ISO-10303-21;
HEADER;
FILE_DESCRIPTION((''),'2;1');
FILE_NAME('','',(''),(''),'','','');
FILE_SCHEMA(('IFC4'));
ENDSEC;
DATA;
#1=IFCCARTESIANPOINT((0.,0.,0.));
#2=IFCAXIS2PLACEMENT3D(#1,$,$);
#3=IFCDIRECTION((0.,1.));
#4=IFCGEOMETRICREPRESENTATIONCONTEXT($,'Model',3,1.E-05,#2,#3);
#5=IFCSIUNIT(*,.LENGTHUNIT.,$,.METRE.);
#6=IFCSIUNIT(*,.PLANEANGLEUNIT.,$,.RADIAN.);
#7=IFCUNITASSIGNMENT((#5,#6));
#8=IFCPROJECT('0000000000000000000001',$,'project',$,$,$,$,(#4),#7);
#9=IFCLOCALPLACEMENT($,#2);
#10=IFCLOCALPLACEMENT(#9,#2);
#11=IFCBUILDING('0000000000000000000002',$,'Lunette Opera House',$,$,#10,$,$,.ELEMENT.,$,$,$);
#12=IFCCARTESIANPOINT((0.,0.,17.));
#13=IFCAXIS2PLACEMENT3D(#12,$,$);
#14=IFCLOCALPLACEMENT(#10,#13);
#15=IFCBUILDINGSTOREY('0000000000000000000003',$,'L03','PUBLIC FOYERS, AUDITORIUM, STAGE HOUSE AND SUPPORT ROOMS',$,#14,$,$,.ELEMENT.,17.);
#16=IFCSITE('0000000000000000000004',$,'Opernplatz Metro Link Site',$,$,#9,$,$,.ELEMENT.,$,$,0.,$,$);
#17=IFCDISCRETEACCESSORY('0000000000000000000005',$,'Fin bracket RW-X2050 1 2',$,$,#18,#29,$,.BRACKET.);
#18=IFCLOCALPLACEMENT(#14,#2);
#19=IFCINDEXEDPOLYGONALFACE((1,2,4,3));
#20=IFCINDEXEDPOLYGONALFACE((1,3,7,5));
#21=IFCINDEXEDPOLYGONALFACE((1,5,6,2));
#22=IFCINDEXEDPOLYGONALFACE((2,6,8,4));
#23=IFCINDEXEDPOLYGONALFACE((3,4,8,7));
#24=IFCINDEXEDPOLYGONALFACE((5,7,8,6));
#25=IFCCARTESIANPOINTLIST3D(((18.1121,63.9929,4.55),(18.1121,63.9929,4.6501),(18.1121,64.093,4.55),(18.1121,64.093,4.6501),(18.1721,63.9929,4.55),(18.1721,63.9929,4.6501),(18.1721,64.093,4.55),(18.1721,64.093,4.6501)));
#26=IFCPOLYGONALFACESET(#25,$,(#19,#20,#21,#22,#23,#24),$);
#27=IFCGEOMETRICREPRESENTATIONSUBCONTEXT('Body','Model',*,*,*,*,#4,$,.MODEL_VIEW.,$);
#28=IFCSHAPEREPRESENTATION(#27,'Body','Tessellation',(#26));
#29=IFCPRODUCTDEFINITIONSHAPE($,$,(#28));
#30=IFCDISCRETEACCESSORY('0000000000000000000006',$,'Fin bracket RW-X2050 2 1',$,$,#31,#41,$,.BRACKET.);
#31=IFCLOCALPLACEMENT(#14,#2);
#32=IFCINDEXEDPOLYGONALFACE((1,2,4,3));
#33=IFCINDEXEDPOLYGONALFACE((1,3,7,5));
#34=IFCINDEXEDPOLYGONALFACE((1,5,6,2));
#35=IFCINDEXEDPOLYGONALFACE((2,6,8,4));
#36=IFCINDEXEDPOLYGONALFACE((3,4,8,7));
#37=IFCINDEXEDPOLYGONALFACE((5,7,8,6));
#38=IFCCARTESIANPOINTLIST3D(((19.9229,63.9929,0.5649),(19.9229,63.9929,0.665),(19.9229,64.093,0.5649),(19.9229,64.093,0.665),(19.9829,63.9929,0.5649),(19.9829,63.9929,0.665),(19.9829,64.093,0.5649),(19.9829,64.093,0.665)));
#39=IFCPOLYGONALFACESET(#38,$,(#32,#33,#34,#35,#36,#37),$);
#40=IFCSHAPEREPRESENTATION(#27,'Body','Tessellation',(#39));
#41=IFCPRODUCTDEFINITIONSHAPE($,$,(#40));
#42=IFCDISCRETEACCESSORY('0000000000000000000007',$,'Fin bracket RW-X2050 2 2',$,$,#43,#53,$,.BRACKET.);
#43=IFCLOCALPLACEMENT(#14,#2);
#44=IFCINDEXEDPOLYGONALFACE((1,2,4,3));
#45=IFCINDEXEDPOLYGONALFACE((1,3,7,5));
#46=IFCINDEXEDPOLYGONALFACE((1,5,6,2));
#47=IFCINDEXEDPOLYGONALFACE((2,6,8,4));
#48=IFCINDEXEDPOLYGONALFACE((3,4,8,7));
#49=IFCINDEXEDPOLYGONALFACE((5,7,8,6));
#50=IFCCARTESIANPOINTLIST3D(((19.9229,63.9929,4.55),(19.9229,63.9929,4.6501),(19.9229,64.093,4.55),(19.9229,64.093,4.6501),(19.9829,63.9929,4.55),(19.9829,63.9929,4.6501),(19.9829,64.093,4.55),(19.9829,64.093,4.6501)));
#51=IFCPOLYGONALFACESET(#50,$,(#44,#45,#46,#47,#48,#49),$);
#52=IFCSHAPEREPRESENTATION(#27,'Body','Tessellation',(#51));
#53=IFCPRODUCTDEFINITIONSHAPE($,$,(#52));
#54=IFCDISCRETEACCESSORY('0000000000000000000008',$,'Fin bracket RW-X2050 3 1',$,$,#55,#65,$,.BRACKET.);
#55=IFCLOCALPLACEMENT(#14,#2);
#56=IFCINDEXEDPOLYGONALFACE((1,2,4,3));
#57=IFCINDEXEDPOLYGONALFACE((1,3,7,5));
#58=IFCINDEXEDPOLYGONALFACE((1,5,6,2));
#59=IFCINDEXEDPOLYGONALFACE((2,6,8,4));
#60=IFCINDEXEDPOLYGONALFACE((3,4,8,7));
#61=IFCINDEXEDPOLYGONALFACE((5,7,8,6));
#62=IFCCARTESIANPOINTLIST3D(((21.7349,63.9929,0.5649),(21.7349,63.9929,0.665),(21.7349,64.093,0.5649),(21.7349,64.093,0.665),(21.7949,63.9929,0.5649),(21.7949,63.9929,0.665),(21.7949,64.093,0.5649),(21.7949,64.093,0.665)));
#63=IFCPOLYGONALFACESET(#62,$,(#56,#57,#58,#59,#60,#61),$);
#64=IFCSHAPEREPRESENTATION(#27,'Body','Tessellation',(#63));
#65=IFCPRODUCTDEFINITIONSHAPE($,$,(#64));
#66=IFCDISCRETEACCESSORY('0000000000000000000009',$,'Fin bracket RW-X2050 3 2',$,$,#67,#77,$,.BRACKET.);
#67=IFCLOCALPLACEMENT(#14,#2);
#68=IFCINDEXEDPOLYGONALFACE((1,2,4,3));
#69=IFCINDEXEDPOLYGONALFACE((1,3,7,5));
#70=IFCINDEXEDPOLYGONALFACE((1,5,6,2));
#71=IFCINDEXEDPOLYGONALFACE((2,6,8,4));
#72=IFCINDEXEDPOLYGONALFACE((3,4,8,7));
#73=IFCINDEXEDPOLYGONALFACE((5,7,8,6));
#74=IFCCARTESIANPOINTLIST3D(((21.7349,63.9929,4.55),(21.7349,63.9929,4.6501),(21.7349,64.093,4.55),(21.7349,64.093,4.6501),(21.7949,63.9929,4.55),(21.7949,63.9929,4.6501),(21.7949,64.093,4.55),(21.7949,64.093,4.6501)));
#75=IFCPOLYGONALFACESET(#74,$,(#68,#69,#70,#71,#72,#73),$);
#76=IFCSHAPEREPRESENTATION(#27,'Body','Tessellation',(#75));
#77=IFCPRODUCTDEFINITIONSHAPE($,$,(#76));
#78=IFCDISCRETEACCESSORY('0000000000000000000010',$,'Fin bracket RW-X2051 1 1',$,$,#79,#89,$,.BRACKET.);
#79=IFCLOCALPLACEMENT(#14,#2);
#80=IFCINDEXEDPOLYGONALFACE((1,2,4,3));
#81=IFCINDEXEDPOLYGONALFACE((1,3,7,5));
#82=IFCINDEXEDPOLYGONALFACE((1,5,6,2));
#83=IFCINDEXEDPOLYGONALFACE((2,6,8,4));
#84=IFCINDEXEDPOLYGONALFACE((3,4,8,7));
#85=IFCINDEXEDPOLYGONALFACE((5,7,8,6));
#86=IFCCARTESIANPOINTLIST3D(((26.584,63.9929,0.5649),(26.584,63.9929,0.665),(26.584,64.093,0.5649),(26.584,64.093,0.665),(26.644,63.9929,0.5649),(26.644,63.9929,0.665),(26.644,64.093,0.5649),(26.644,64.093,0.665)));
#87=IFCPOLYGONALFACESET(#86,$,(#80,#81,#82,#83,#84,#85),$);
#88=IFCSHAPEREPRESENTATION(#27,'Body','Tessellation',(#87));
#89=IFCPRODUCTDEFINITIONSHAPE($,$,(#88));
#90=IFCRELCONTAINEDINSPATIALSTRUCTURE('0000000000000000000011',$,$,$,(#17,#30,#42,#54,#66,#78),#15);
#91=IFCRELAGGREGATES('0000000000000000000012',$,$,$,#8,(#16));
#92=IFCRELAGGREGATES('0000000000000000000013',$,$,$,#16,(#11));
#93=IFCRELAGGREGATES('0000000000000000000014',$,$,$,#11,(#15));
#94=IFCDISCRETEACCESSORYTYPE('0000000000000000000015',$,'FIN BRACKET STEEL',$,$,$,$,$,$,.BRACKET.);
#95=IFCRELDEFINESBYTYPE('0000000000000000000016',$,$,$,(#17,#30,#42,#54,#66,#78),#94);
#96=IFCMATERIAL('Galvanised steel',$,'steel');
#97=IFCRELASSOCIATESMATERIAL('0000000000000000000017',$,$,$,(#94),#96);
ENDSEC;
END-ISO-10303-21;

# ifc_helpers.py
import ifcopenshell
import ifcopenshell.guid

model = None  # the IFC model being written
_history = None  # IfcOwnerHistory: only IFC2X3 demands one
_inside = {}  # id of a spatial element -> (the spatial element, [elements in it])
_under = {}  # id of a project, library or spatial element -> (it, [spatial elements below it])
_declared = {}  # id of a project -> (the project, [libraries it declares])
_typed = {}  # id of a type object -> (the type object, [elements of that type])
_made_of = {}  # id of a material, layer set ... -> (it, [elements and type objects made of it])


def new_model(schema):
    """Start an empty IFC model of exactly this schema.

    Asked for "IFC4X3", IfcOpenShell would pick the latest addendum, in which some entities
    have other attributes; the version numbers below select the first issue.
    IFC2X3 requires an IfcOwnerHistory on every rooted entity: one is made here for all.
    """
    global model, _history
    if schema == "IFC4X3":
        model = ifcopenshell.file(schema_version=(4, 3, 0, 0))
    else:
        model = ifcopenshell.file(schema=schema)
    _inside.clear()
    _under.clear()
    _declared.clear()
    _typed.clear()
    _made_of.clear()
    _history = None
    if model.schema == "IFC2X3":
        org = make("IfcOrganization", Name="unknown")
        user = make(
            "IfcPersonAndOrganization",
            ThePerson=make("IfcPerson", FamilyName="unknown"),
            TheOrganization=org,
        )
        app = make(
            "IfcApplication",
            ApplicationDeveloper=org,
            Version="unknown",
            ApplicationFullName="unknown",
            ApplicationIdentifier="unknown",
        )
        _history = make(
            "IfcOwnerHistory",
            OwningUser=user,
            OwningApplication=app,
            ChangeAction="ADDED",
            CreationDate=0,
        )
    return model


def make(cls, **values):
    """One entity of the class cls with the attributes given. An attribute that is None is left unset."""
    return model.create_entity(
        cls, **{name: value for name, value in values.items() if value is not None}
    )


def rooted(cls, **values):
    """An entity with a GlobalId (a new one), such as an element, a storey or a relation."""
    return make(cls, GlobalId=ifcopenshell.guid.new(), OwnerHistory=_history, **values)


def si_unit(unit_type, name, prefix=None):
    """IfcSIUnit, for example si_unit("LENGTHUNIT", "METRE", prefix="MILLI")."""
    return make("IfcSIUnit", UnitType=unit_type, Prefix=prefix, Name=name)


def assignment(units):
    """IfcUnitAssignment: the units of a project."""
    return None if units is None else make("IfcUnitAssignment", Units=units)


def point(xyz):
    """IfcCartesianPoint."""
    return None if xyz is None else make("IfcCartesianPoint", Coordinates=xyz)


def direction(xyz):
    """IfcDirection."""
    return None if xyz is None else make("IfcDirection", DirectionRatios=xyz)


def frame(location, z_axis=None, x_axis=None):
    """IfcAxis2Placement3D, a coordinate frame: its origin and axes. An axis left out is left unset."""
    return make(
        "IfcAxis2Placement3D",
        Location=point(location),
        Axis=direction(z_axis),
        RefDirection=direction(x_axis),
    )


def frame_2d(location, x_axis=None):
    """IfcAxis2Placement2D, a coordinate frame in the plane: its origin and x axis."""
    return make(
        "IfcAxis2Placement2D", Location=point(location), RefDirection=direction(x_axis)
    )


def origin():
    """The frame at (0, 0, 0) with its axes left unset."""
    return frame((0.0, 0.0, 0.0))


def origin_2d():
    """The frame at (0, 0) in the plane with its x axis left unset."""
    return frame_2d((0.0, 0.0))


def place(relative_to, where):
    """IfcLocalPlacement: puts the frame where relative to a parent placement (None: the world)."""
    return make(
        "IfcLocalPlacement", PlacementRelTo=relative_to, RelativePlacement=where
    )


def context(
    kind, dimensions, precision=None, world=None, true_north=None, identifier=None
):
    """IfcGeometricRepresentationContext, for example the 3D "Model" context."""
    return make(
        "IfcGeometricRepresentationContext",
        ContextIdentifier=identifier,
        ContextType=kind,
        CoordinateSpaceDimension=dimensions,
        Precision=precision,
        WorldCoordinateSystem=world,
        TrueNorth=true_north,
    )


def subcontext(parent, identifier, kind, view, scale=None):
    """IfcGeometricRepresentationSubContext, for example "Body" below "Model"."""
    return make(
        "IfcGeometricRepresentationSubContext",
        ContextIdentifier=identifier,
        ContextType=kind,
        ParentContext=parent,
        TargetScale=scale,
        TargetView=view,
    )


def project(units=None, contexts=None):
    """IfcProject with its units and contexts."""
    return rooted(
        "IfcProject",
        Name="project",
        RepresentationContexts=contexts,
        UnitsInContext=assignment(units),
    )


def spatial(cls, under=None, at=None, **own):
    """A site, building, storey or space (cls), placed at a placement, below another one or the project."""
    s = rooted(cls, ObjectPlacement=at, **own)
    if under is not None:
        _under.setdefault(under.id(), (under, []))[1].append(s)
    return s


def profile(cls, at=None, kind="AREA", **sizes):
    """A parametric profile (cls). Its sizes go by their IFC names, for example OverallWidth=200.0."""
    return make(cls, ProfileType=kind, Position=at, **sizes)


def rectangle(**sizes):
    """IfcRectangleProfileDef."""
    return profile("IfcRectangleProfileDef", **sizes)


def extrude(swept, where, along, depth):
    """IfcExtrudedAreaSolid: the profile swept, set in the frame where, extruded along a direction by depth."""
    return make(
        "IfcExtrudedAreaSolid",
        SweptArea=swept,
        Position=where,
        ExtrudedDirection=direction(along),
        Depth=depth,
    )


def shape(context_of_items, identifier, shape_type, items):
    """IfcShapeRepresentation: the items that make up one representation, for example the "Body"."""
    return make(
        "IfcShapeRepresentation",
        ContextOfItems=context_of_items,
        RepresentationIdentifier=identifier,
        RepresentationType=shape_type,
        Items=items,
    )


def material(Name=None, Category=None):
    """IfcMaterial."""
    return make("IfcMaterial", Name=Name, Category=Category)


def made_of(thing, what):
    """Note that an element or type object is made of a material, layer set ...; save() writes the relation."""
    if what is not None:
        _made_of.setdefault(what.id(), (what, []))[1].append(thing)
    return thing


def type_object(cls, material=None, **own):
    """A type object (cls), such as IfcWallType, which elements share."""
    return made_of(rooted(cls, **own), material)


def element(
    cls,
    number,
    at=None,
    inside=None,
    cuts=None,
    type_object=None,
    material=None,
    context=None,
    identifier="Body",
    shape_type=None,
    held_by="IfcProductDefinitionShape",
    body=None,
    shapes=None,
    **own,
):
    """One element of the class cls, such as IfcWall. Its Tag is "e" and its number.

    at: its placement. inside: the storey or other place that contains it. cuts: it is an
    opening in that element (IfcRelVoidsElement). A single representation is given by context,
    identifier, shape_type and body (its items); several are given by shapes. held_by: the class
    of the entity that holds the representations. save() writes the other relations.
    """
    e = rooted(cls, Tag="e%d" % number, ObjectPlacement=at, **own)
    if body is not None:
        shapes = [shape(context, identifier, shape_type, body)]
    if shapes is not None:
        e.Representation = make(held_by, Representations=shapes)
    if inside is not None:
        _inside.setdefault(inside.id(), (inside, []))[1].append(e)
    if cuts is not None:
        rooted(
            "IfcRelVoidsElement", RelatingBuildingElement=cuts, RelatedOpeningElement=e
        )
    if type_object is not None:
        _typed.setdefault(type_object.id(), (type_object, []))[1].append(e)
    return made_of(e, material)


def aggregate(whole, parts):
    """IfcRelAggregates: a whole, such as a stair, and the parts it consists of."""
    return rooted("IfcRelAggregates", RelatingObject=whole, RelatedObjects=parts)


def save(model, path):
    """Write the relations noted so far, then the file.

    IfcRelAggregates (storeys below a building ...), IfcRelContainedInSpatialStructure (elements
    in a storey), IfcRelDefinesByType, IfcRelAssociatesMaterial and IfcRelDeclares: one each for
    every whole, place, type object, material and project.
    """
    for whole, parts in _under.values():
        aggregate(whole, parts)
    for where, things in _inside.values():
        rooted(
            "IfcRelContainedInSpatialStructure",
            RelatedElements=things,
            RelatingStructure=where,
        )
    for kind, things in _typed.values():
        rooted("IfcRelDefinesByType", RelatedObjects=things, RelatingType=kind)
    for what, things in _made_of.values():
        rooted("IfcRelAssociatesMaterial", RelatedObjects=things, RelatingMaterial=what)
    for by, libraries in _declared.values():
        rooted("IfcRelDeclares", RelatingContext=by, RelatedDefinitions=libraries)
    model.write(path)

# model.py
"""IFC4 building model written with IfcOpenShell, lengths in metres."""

from ifc_helpers import new_model, si_unit, direction, frame, origin, origin_2d, place, context, subcontext, project, spatial, rectangle, extrude, material, type_object, element, save


model = new_model("IFC4")

# Units and contexts
model_context = context("Model", 3, precision=1e-05, world=origin(), true_north=direction((0.0, 1.0)))
body_context = subcontext(model_context, "Body", "Model", "MODEL_VIEW")
ifc_project = project(units=[si_unit("LENGTHUNIT", "METRE"), si_unit("PLANEANGLEUNIT", "RADIAN")], contexts=[model_context])

# Site, building, storey
site_placement = place(None, origin())
site = spatial("IfcSite", under=ifc_project, at=site_placement, Name="Opernplatz Metro Link Site", CompositionType="ELEMENT", RefElevation=0.0)
building_placement = place(site_placement, origin())
building = spatial("IfcBuilding", under=site, at=building_placement, Name="Lunette Opera House", CompositionType="ELEMENT")
storey_placement = place(building_placement, frame((0.0, 0.0, 17.0)))
storey = spatial("IfcBuildingStorey", under=building, at=storey_placement, Name="L03", Description="PUBLIC FOYERS, AUDITORIUM, STAGE HOUSE AND SUPPORT ROOMS", CompositionType="ELEMENT", Elevation=17.0)

# Discrete accessories
ifc_material_1 = material(Name="Galvanised steel", Category="steel")
discrete_accessory_type = type_object("IfcDiscreteAccessoryType", Name="FIN BRACKET STEEL", PredefinedType="BRACKET", material=ifc_material_1)
for number, where, z_axis, x_axis, name in (
    (1, (18.1421, 64.043, 4.55), (0.0, 0.0, 1.0), (0.0, -1.0, 0.0), "Fin bracket RW-X2050 1 2"),
    (2, (19.9529, 64.043, 0.5649), (0.0, 0.0, 1.0), (0.0, -1.0, 0.0), "Fin bracket RW-X2050 2 1"),
    (3, (19.9529, 64.043, 4.55), (0.0, 0.0, 1.0), (0.0, -1.0, 0.0), "Fin bracket RW-X2050 2 2"),
    (4, (21.7649, 64.043, 0.5649), (0.0, 0.0, 1.0), (0.0, -1.0, 0.0), "Fin bracket RW-X2050 3 1"),
    (5, (21.7649, 64.043, 4.55), (0.0, 0.0, 1.0), (0.0, -1.0, 0.0), "Fin bracket RW-X2050 3 2"),
    (6, (26.614, 64.043, 0.5649), (0.0, 0.0, 1.0), (0.0, -1.0, 0.0), "Fin bracket RW-X2051 1 1"),
):
    element("IfcDiscreteAccessory", number, at=place(storey_placement, frame(where, z_axis=z_axis, x_axis=x_axis)), inside=storey, type_object=discrete_accessory_type, Name=name, PredefinedType="BRACKET", context=body_context, shape_type="SweptSolid", body=[
        extrude(rectangle(XDim=0.1001, YDim=0.0601, at=origin_2d()), origin(), (0.0, 0.0, 1.0), 0.1001),
    ])

save(model, "model.ifc")
